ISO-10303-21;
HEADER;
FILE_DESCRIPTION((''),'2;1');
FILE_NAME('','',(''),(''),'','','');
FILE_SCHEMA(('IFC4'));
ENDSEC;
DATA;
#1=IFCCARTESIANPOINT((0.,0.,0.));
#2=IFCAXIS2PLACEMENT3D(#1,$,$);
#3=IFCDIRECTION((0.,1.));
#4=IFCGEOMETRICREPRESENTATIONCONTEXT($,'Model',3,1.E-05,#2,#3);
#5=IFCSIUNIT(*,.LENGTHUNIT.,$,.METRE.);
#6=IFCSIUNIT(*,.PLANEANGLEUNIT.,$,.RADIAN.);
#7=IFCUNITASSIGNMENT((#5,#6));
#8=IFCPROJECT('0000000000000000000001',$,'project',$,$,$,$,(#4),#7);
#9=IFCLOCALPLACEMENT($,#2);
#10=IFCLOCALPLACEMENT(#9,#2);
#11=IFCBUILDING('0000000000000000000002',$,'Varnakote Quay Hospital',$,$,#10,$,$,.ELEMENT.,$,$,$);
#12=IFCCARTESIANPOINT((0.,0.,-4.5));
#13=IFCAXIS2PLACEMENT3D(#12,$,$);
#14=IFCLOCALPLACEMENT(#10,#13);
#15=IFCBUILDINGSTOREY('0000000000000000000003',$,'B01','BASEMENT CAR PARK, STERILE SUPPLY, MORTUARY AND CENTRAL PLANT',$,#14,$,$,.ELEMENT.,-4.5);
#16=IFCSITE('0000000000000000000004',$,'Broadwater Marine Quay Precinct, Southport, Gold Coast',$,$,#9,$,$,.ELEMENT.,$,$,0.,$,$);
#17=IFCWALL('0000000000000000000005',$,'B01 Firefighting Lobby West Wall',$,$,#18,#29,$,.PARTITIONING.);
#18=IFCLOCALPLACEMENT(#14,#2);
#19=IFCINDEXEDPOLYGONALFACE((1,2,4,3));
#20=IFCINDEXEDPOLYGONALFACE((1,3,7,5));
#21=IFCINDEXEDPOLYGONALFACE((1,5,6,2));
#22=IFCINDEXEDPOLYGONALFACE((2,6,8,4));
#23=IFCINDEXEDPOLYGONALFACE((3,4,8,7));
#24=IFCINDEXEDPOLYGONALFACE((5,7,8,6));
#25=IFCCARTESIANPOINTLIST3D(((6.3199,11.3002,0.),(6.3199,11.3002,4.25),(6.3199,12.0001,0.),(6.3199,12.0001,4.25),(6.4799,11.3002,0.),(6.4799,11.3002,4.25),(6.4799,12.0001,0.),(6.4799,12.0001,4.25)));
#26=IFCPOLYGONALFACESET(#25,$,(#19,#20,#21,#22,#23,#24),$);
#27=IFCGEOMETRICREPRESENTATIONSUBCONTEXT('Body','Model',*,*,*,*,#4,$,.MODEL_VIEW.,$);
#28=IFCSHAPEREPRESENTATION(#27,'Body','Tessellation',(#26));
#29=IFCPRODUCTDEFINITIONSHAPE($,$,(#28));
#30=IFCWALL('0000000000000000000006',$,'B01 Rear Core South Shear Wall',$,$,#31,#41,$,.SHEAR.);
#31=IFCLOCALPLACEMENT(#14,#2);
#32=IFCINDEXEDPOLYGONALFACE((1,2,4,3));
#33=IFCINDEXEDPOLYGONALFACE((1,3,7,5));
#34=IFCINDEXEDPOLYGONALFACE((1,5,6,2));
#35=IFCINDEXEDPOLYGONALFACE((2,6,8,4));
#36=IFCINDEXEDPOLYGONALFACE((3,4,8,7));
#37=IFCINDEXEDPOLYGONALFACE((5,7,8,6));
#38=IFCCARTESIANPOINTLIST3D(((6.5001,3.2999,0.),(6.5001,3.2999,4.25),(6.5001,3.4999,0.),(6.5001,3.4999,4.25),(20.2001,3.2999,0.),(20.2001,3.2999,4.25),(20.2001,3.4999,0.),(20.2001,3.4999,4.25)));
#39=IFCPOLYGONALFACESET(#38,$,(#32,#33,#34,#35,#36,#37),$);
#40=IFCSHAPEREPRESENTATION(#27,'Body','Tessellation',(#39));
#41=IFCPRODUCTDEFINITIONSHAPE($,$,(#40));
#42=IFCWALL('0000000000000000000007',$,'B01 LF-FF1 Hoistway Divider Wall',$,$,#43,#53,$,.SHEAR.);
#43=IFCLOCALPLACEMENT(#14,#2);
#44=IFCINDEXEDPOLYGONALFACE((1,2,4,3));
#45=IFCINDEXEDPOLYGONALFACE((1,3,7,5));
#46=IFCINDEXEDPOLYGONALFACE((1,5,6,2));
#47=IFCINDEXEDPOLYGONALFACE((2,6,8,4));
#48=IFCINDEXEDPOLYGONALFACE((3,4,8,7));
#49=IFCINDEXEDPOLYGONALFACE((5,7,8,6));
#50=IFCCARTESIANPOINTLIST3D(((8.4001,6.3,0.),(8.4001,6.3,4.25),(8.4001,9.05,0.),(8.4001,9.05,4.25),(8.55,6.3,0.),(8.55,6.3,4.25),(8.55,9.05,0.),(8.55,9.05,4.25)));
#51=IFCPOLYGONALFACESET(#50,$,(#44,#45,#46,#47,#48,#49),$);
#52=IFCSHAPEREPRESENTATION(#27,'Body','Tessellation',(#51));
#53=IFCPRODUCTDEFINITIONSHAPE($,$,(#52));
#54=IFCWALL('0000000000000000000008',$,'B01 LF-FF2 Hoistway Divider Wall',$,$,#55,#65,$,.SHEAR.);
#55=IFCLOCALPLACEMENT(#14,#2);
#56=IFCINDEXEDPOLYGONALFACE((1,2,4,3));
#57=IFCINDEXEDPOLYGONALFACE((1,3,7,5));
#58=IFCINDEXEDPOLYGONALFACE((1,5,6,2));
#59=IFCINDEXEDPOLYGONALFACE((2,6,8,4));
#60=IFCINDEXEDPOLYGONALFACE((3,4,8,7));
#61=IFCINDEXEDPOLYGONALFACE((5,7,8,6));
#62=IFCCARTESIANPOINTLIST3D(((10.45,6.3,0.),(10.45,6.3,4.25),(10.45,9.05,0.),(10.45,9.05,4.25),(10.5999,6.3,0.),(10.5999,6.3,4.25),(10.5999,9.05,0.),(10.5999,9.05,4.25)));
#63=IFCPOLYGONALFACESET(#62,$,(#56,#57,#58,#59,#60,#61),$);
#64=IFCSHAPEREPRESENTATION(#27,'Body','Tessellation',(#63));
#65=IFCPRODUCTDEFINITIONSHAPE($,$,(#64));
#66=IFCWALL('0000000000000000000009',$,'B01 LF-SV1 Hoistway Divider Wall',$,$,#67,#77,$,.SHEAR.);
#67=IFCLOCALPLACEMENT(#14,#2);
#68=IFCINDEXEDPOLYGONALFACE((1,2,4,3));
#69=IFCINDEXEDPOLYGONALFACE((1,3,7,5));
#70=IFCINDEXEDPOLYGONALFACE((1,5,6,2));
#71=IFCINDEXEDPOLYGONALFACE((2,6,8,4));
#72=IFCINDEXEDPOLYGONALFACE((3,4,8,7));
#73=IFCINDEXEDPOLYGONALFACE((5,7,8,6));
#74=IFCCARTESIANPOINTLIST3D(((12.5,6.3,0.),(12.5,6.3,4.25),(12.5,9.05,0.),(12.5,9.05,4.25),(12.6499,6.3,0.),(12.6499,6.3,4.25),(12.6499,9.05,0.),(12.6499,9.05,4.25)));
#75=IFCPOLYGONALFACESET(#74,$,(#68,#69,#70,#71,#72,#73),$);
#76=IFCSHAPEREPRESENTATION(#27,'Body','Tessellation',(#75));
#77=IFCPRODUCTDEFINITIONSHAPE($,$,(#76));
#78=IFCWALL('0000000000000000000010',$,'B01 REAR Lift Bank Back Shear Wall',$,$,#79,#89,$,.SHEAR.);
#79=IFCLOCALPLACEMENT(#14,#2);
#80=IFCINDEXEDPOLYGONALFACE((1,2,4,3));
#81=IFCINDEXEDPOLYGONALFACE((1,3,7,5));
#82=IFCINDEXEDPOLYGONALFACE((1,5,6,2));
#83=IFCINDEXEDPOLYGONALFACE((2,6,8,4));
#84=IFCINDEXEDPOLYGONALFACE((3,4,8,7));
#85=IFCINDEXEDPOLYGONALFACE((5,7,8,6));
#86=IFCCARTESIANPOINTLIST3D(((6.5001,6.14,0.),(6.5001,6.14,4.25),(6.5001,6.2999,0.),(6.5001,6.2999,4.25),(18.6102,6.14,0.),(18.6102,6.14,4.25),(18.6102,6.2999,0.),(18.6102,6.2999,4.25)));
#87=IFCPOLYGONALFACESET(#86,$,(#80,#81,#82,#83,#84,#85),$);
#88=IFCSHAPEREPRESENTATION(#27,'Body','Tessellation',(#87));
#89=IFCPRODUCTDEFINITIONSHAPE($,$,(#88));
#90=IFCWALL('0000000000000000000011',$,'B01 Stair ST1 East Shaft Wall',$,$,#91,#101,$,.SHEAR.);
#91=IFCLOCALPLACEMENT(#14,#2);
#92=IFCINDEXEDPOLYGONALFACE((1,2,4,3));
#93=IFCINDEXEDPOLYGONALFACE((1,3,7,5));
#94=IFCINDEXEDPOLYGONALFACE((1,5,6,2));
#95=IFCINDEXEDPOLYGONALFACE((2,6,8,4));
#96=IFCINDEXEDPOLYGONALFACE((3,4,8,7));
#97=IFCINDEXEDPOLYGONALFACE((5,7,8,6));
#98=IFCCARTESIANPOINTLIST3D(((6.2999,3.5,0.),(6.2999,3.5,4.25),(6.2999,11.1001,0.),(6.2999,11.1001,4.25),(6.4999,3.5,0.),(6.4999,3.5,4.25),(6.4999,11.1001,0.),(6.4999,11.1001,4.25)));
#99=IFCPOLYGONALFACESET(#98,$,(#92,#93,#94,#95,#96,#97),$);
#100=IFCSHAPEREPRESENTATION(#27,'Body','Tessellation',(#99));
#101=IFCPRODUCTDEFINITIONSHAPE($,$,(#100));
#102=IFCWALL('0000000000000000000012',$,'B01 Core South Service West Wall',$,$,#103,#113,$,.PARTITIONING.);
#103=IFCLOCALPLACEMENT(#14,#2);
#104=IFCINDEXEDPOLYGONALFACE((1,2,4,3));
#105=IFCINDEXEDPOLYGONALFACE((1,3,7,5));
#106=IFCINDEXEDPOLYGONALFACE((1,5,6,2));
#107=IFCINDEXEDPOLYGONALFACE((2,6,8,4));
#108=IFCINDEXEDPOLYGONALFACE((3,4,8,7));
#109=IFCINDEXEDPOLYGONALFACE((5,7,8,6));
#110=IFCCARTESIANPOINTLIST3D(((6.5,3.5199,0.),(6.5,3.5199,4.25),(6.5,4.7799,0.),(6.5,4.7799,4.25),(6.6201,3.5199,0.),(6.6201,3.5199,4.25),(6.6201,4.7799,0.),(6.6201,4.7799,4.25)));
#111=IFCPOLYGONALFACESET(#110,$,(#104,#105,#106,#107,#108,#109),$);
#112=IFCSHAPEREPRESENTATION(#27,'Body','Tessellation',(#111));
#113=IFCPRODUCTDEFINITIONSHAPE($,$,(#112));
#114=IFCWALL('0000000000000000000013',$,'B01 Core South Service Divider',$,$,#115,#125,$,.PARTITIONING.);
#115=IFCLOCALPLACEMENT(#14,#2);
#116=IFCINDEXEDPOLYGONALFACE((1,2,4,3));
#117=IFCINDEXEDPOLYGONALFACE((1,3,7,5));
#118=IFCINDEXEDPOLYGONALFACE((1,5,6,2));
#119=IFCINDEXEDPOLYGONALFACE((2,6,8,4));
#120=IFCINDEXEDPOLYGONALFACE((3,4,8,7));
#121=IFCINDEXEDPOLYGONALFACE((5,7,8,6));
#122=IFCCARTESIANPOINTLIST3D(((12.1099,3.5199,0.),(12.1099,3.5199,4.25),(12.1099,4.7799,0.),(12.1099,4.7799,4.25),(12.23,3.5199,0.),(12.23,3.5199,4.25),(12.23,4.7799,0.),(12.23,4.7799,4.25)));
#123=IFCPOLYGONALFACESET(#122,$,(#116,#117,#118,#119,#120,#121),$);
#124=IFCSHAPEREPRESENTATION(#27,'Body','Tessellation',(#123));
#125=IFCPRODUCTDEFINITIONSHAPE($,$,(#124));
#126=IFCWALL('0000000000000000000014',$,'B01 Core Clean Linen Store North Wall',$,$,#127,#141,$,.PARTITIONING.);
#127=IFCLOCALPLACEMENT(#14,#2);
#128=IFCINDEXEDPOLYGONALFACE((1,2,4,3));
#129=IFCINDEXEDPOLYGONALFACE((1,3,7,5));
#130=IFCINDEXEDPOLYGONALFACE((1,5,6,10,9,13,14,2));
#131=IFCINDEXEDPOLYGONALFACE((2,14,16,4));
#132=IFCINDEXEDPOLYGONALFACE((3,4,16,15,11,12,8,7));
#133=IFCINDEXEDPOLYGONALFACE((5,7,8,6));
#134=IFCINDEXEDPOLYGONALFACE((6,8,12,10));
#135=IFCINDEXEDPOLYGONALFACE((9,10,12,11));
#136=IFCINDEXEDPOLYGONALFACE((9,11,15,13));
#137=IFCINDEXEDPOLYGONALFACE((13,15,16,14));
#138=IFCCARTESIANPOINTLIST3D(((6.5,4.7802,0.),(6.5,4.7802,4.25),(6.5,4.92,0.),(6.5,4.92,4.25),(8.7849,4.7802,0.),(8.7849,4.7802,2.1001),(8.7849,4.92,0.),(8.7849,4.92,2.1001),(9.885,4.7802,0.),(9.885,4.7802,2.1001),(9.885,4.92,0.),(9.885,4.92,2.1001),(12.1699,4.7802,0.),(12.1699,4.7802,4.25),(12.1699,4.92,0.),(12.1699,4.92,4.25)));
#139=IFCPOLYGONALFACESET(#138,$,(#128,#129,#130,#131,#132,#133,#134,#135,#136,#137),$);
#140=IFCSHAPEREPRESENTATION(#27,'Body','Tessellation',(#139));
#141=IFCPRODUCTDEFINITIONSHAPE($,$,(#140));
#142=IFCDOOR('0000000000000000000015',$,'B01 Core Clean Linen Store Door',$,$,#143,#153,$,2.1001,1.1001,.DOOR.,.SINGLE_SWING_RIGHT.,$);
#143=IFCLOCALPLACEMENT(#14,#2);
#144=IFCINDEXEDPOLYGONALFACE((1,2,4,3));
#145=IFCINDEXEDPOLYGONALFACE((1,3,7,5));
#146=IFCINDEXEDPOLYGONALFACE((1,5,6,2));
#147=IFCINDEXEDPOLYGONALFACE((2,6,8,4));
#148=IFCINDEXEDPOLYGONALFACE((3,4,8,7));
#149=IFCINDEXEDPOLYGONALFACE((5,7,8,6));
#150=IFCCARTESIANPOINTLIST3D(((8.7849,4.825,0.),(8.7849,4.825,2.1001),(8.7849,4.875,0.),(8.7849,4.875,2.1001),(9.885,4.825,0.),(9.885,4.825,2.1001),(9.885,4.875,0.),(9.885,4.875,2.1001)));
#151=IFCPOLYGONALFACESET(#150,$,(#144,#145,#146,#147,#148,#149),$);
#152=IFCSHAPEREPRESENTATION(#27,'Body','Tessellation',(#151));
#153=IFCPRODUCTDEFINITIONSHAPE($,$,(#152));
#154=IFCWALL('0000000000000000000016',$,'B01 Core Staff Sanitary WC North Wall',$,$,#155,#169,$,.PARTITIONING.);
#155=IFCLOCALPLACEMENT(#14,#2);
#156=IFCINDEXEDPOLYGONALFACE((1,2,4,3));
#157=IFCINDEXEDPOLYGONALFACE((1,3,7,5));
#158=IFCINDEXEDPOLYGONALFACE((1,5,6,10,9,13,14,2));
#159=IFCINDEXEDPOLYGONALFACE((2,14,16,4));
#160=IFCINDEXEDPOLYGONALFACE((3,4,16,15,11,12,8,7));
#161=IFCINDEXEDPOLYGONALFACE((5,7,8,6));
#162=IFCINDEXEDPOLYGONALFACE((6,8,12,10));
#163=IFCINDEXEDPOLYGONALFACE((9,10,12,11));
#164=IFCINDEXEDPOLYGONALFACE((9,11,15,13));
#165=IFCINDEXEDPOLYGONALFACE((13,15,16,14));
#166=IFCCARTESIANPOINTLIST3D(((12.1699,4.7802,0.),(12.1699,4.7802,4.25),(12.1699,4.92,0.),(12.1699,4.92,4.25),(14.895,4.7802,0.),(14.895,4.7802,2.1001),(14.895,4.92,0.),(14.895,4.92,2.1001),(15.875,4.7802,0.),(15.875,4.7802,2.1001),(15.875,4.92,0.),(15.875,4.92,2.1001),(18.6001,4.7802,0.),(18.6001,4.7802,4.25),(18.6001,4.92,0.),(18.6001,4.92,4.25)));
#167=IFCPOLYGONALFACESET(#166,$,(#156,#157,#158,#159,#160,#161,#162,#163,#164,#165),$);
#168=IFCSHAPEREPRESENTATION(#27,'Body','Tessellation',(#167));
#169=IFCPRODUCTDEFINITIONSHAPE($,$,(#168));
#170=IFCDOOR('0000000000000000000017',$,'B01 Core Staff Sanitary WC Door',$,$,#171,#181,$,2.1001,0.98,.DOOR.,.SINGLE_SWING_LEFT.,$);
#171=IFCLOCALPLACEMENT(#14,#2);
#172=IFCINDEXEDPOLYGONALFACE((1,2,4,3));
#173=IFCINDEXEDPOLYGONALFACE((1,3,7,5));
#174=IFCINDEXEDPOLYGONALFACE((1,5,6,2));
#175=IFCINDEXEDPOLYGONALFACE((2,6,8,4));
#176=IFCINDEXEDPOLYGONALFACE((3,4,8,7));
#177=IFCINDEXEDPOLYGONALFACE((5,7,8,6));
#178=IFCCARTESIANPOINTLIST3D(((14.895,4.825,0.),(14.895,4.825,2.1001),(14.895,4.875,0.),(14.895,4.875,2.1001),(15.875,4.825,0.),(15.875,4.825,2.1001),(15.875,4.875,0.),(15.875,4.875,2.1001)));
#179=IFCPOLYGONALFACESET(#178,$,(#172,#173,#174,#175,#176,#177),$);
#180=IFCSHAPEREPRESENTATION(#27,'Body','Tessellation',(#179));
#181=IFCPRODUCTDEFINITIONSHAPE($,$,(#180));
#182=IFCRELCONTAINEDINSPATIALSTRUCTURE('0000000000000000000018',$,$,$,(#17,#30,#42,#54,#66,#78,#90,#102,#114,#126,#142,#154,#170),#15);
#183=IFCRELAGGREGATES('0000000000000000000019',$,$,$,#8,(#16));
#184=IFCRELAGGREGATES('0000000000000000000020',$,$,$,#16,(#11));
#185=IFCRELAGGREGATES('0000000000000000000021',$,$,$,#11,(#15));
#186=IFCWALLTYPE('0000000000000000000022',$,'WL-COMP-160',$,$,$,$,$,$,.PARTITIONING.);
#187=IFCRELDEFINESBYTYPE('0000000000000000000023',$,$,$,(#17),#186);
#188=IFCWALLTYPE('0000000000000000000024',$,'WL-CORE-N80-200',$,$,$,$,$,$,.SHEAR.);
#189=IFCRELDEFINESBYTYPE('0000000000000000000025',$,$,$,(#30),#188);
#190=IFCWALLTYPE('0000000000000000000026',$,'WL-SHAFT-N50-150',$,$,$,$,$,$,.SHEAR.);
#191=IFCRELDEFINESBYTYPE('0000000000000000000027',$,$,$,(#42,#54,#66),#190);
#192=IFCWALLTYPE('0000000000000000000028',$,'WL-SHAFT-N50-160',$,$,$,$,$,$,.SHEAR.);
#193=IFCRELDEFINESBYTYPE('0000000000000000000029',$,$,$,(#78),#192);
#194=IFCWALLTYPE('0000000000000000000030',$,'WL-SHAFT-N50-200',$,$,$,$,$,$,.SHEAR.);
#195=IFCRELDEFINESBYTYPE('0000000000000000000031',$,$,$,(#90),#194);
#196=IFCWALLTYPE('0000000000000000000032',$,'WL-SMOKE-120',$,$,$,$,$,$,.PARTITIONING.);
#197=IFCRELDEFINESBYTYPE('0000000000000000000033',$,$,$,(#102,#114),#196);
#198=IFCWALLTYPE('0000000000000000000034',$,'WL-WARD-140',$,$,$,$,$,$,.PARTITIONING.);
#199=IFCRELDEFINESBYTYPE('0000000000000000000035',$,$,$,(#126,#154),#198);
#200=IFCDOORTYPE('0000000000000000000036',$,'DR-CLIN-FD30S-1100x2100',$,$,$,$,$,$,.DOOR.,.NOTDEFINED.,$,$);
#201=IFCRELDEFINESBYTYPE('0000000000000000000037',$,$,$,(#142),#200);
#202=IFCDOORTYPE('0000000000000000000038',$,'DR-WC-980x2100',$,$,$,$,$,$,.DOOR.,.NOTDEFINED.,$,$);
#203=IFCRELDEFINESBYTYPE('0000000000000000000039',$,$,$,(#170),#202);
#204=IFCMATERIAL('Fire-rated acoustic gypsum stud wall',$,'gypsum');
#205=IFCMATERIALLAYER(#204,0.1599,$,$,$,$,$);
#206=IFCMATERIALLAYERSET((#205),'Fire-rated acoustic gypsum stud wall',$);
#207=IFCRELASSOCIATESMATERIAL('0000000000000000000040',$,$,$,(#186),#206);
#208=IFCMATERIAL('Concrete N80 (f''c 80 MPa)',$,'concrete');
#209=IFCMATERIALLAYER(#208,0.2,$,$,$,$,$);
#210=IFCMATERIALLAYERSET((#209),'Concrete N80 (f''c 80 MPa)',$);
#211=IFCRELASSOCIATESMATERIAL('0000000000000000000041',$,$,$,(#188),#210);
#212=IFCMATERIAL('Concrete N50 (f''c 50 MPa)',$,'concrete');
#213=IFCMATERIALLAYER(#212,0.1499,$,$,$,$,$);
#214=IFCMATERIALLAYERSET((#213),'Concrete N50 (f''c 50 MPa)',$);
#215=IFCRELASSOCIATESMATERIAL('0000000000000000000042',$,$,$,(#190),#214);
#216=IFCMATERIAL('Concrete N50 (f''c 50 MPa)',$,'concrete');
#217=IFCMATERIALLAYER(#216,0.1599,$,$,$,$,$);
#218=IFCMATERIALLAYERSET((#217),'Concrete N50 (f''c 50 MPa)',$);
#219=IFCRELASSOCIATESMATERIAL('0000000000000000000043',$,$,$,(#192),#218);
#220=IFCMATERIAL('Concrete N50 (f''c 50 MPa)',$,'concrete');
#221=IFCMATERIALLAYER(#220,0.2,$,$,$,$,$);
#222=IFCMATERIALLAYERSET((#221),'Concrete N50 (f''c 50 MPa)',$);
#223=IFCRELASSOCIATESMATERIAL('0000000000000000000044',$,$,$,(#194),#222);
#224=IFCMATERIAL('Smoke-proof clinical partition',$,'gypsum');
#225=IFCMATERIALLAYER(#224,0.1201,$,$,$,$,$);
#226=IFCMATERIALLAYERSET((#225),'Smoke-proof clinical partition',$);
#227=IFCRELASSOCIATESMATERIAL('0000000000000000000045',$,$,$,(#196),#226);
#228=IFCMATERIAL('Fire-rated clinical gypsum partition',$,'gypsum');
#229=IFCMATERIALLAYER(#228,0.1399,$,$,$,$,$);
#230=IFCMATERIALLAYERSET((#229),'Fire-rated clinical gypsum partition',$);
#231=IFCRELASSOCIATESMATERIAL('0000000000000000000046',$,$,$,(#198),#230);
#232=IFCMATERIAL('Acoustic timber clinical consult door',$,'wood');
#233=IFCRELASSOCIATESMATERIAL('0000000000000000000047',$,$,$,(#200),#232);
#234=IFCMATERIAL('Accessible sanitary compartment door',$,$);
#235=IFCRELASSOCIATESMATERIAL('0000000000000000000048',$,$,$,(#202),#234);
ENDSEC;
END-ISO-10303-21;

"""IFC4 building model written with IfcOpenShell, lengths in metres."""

from ifc_helpers import new_model, si_unit, direction, frame, frame_2d, origin, place, context, subcontext, project, spatial, rectangle, extrude, material, layer, layer_set, type_object, element, fill, save


model = new_model("IFC4")

# Units and contexts
model_context = context("Model", 3, precision=1e-05, world=origin(), true_north=direction((0.0, 1.0)))
body_context = subcontext(model_context, "Body", "Model", "MODEL_VIEW")
ifc_project = project(units=[si_unit("LENGTHUNIT", "METRE"), si_unit("PLANEANGLEUNIT", "RADIAN")], contexts=[model_context])

# Site, building, storey
site_placement = place(None, origin())
site = spatial("IfcSite", under=ifc_project, at=site_placement, Name="Broadwater Marine Quay Precinct, Southport, Gold Coast", CompositionType="ELEMENT", RefElevation=0.0)
building_placement = place(site_placement, origin())
building = spatial("IfcBuilding", under=site, at=building_placement, Name="Varnakote Quay Hospital", CompositionType="ELEMENT")
storey_placement = place(building_placement, frame((0.0, 0.0, -4.5)))
storey = spatial("IfcBuildingStorey", under=building, at=storey_placement, Name="B01", Description="BASEMENT CAR PARK, STERILE SUPPLY, MORTUARY AND CENTRAL PLANT", CompositionType="ELEMENT", Elevation=-4.5)

# Walls
ifc_material_1 = material(Name="Fire-rated acoustic gypsum stud wall", Category="gypsum")
ifc_layer_1 = layer(ifc_material_1, 0.1599)
ifc_layer_set_1 = layer_set([ifc_layer_1], Name="Fire-rated acoustic gypsum stud wall")
wall_type_1 = type_object("IfcWallType", Name="WL-COMP-160", PredefinedType="PARTITIONING", material=ifc_layer_set_1)
wall_1_placement = place(storey_placement, frame((6.3999, 11.3, 0.0), z_axis=(0.0, 0.0, 1.0), x_axis=(0.0, 1.0, 0.0)))
element("IfcWall", 1, at=wall_1_placement, inside=storey, type_object=wall_type_1, Name="B01 Firefighting Lobby West Wall", PredefinedType="PARTITIONING", context=body_context, shape_type="SweptSolid", body=[
    extrude(rectangle(XDim=0.7, YDim=0.1599, at=frame_2d((0.3501, 0.0))), origin(), (0.0, 0.0, 1.0), 4.25),
])
ifc_material_2 = material(Name="Concrete N80 (f'c 80 MPa)", Category="concrete")
ifc_layer_2 = layer(ifc_material_2, 0.2)
ifc_layer_set_2 = layer_set([ifc_layer_2], Name="Concrete N80 (f'c 80 MPa)")
wall_type_2 = type_object("IfcWallType", Name="WL-CORE-N80-200", PredefinedType="SHEAR", material=ifc_layer_set_2)
wall_2_placement = place(storey_placement, frame((6.5, 3.3999, 0.0), z_axis=(0.0, 0.0, 1.0), x_axis=(1.0, 0.0, 0.0)))
element("IfcWall", 2, at=wall_2_placement, inside=storey, type_object=wall_type_2, Name="B01 Rear Core South Shear Wall", PredefinedType="SHEAR", context=body_context, shape_type="SweptSolid", body=[
    extrude(rectangle(XDim=13.7, YDim=0.2, at=frame_2d((6.8501, 0.0))), origin(), (0.0, 0.0, 1.0), 4.25),
])
ifc_material_3 = material(Name="Concrete N50 (f'c 50 MPa)", Category="concrete")
ifc_layer_3 = layer(ifc_material_3, 0.1499)
ifc_layer_set_3 = layer_set([ifc_layer_3], Name="Concrete N50 (f'c 50 MPa)")
wall_type_3 = type_object("IfcWallType", Name="WL-SHAFT-N50-150", PredefinedType="SHEAR", material=ifc_layer_set_3)
for number, where, z_axis, x_axis, name in (
    (3, (8.4751, 6.3, 0.0), (0.0, 0.0, 1.0), (0.0, 1.0, 0.0), "B01 LF-FF1 Hoistway Divider Wall"),
    (4, (10.5249, 6.3, 0.0), (0.0, 0.0, 1.0), (0.0, 1.0, 0.0), "B01 LF-FF2 Hoistway Divider Wall"),
    (5, (12.575, 6.3, 0.0), (0.0, 0.0, 1.0), (0.0, 1.0, 0.0), "B01 LF-SV1 Hoistway Divider Wall"),
):
    element("IfcWall", number, at=place(storey_placement, frame(where, z_axis=z_axis, x_axis=x_axis)), inside=storey, type_object=wall_type_3, Name=name, PredefinedType="SHEAR", context=body_context, shape_type="SweptSolid", body=[
        extrude(rectangle(XDim=2.75, YDim=0.1499, at=frame_2d((1.375, 0.0))), origin(), (0.0, 0.0, 1.0), 4.25),
    ])
ifc_material_4 = material(Name="Concrete N50 (f'c 50 MPa)", Category="concrete")
ifc_layer_4 = layer(ifc_material_4, 0.1599)
ifc_layer_set_4 = layer_set([ifc_layer_4], Name="Concrete N50 (f'c 50 MPa)")
wall_type_4 = type_object("IfcWallType", Name="WL-SHAFT-N50-160", PredefinedType="SHEAR", material=ifc_layer_set_4)
wall_3_placement = place(storey_placement, frame((6.5, 6.22, 0.0), z_axis=(0.0, 0.0, 1.0), x_axis=(1.0, 0.0, 0.0)))
element("IfcWall", 6, at=wall_3_placement, inside=storey, type_object=wall_type_4, Name="B01 REAR Lift Bank Back Shear Wall", PredefinedType="SHEAR", context=body_context, shape_type="SweptSolid", body=[
    extrude(rectangle(XDim=12.1101, YDim=0.1599, at=frame_2d((6.0552, 0.0))), origin(), (0.0, 0.0, 1.0), 4.25),
])

# Walls
ifc_material_5 = material(Name="Concrete N50 (f'c 50 MPa)", Category="concrete")
ifc_layer_5 = layer(ifc_material_5, 0.2)
ifc_layer_set_5 = layer_set([ifc_layer_5], Name="Concrete N50 (f'c 50 MPa)")
wall_type_5 = type_object("IfcWallType", Name="WL-SHAFT-N50-200", PredefinedType="SHEAR", material=ifc_layer_set_5)
wall_4_placement = place(storey_placement, frame((6.3999, 3.5, 0.0), z_axis=(0.0, 0.0, 1.0), x_axis=(0.0, 1.0, 0.0)))
element("IfcWall", 7, at=wall_4_placement, inside=storey, type_object=wall_type_5, Name="B01 Stair ST1 East Shaft Wall", PredefinedType="SHEAR", context=body_context, shape_type="SweptSolid", body=[
    extrude(rectangle(XDim=7.6001, YDim=0.2, at=frame_2d((3.8, 0.0))), origin(), (0.0, 0.0, 1.0), 4.25),
])
ifc_material_6 = material(Name="Smoke-proof clinical partition", Category="gypsum")
ifc_layer_6 = layer(ifc_material_6, 0.1201)
ifc_layer_set_6 = layer_set([ifc_layer_6], Name="Smoke-proof clinical partition")
wall_type_6 = type_object("IfcWallType", Name="WL-SMOKE-120", PredefinedType="PARTITIONING", material=ifc_layer_set_6)
for number, where, z_axis, x_axis, name in (
    (8, (6.5601, 3.52, 0.0), (0.0, 0.0, 1.0), (0.0, 1.0, 0.0), "B01 Core South Service West Wall"),
    (9, (12.1699, 3.52, 0.0), (0.0, 0.0, 1.0), (0.0, 1.0, 0.0), "B01 Core South Service Divider"),
):
    element("IfcWall", number, at=place(storey_placement, frame(where, z_axis=z_axis, x_axis=x_axis)), inside=storey, type_object=wall_type_6, Name=name, PredefinedType="PARTITIONING", context=body_context, shape_type="SweptSolid", body=[
        extrude(rectangle(XDim=1.26, YDim=0.1201, at=frame_2d((0.6299, 0.0))), origin(), (0.0, 0.0, 1.0), 4.25),
    ])

# Walls, openings, doors
ifc_material_7 = material(Name="Fire-rated clinical gypsum partition", Category="gypsum")
ifc_layer_7 = layer(ifc_material_7, 0.1399)
ifc_layer_set_7 = layer_set([ifc_layer_7], Name="Fire-rated clinical gypsum partition")
wall_type_7 = type_object("IfcWallType", Name="WL-WARD-140", PredefinedType="PARTITIONING", material=ifc_layer_set_7)
wall_5_placement = place(storey_placement, frame((6.5, 4.8501, 0.0), z_axis=(0.0, 0.0, 1.0), x_axis=(1.0, 0.0, 0.0)))
wall_5 = element("IfcWall", 10, at=wall_5_placement, inside=storey, type_object=wall_type_7, Name="B01 Core Clean Linen Store North Wall", PredefinedType="PARTITIONING", context=body_context, shape_type="SweptSolid", body=[
    extrude(rectangle(XDim=5.6699, YDim=0.1399, at=frame_2d((2.835, 0.0))), origin(), (0.0, 0.0, 1.0), 4.25),
])
opening_1_placement = place(wall_5_placement, frame((2.2849, 0.0, 0.0)))
opening_1 = element("IfcOpeningElement", 11, at=opening_1_placement, cuts=wall_5, PredefinedType="OPENING", context=body_context, shape_type="SweptSolid", body=[
    extrude(rectangle(XDim=1.1001, YDim=2.1001, at=frame_2d((0.55, 1.05))), frame((0.0, 0.0798, 0.0), z_axis=(0.0, -1.0, 0.0), x_axis=(1.0, 0.0, 0.0)), (0.0, 0.0, 1.0), 0.1599),
])
ifc_material_8 = material(Name="Acoustic timber clinical consult door", Category="wood")
door_type_1 = type_object("IfcDoorType", Name="DR-CLIN-FD30S-1100x2100", OperationType="NOTDEFINED", PredefinedType="DOOR", material=ifc_material_8)
door_1_placement = place(opening_1_placement, origin())
door_1 = element("IfcDoor", 12, at=door_1_placement, inside=storey, type_object=door_type_1, Name="B01 Core Clean Linen Store Door", OperationType="SINGLE_SWING_RIGHT", OverallHeight=2.1001, OverallWidth=1.1001, PredefinedType="DOOR", context=body_context, shape_type="SweptSolid", body=[
    extrude(rectangle(XDim=1.1001, YDim=2.1001, at=frame_2d((0.55, 1.05))), frame((0.0, 0.0249, 0.0), z_axis=(0.0, -1.0, 0.0), x_axis=(1.0, 0.0, 0.0)), (0.0, 0.0, 1.0), 0.05),
])
fill(opening_1, door_1)
wall_6_placement = place(storey_placement, frame((12.1699, 4.8501, 0.0), z_axis=(0.0, 0.0, 1.0), x_axis=(1.0, 0.0, 0.0)))
wall_6 = element("IfcWall", 13, at=wall_6_placement, inside=storey, type_object=wall_type_7, Name="B01 Core Staff Sanitary WC North Wall", PredefinedType="PARTITIONING", context=body_context, shape_type="SweptSolid", body=[
    extrude(rectangle(XDim=6.4302, YDim=0.1399, at=frame_2d((3.2151, 0.0))), origin(), (0.0, 0.0, 1.0), 4.25),
])
opening_2_placement = place(wall_6_placement, frame((2.7251, 0.0, 0.0)))
opening_2 = element("IfcOpeningElement", 14, at=opening_2_placement, cuts=wall_6, PredefinedType="OPENING", context=body_context, shape_type="SweptSolid", body=[
    extrude(rectangle(XDim=0.98, YDim=2.1001, at=frame_2d((0.49, 1.05))), frame((0.0, 0.0798, 0.0), z_axis=(0.0, -1.0, 0.0), x_axis=(1.0, 0.0, 0.0)), (0.0, 0.0, 1.0), 0.1599),
])
ifc_material_9 = material(Name="Accessible sanitary compartment door")
door_type_2 = type_object("IfcDoorType", Name="DR-WC-980x2100", OperationType="NOTDEFINED", PredefinedType="DOOR", material=ifc_material_9)
door_2_placement = place(opening_2_placement, origin())
door_2 = element("IfcDoor", 15, at=door_2_placement, inside=storey, type_object=door_type_2, Name="B01 Core Staff Sanitary WC Door", OperationType="SINGLE_SWING_LEFT", OverallHeight=2.1001, OverallWidth=0.98, PredefinedType="DOOR", context=body_context, shape_type="SweptSolid", body=[
    extrude(rectangle(XDim=0.98, YDim=2.1001, at=frame_2d((0.49, 1.05))), frame((0.0, 0.0249, 0.0), z_axis=(0.0, -1.0, 0.0), x_axis=(1.0, 0.0, 0.0)), (0.0, 0.0, 1.0), 0.05),
])
fill(opening_2, door_2)

save(model, "model.ifc")
